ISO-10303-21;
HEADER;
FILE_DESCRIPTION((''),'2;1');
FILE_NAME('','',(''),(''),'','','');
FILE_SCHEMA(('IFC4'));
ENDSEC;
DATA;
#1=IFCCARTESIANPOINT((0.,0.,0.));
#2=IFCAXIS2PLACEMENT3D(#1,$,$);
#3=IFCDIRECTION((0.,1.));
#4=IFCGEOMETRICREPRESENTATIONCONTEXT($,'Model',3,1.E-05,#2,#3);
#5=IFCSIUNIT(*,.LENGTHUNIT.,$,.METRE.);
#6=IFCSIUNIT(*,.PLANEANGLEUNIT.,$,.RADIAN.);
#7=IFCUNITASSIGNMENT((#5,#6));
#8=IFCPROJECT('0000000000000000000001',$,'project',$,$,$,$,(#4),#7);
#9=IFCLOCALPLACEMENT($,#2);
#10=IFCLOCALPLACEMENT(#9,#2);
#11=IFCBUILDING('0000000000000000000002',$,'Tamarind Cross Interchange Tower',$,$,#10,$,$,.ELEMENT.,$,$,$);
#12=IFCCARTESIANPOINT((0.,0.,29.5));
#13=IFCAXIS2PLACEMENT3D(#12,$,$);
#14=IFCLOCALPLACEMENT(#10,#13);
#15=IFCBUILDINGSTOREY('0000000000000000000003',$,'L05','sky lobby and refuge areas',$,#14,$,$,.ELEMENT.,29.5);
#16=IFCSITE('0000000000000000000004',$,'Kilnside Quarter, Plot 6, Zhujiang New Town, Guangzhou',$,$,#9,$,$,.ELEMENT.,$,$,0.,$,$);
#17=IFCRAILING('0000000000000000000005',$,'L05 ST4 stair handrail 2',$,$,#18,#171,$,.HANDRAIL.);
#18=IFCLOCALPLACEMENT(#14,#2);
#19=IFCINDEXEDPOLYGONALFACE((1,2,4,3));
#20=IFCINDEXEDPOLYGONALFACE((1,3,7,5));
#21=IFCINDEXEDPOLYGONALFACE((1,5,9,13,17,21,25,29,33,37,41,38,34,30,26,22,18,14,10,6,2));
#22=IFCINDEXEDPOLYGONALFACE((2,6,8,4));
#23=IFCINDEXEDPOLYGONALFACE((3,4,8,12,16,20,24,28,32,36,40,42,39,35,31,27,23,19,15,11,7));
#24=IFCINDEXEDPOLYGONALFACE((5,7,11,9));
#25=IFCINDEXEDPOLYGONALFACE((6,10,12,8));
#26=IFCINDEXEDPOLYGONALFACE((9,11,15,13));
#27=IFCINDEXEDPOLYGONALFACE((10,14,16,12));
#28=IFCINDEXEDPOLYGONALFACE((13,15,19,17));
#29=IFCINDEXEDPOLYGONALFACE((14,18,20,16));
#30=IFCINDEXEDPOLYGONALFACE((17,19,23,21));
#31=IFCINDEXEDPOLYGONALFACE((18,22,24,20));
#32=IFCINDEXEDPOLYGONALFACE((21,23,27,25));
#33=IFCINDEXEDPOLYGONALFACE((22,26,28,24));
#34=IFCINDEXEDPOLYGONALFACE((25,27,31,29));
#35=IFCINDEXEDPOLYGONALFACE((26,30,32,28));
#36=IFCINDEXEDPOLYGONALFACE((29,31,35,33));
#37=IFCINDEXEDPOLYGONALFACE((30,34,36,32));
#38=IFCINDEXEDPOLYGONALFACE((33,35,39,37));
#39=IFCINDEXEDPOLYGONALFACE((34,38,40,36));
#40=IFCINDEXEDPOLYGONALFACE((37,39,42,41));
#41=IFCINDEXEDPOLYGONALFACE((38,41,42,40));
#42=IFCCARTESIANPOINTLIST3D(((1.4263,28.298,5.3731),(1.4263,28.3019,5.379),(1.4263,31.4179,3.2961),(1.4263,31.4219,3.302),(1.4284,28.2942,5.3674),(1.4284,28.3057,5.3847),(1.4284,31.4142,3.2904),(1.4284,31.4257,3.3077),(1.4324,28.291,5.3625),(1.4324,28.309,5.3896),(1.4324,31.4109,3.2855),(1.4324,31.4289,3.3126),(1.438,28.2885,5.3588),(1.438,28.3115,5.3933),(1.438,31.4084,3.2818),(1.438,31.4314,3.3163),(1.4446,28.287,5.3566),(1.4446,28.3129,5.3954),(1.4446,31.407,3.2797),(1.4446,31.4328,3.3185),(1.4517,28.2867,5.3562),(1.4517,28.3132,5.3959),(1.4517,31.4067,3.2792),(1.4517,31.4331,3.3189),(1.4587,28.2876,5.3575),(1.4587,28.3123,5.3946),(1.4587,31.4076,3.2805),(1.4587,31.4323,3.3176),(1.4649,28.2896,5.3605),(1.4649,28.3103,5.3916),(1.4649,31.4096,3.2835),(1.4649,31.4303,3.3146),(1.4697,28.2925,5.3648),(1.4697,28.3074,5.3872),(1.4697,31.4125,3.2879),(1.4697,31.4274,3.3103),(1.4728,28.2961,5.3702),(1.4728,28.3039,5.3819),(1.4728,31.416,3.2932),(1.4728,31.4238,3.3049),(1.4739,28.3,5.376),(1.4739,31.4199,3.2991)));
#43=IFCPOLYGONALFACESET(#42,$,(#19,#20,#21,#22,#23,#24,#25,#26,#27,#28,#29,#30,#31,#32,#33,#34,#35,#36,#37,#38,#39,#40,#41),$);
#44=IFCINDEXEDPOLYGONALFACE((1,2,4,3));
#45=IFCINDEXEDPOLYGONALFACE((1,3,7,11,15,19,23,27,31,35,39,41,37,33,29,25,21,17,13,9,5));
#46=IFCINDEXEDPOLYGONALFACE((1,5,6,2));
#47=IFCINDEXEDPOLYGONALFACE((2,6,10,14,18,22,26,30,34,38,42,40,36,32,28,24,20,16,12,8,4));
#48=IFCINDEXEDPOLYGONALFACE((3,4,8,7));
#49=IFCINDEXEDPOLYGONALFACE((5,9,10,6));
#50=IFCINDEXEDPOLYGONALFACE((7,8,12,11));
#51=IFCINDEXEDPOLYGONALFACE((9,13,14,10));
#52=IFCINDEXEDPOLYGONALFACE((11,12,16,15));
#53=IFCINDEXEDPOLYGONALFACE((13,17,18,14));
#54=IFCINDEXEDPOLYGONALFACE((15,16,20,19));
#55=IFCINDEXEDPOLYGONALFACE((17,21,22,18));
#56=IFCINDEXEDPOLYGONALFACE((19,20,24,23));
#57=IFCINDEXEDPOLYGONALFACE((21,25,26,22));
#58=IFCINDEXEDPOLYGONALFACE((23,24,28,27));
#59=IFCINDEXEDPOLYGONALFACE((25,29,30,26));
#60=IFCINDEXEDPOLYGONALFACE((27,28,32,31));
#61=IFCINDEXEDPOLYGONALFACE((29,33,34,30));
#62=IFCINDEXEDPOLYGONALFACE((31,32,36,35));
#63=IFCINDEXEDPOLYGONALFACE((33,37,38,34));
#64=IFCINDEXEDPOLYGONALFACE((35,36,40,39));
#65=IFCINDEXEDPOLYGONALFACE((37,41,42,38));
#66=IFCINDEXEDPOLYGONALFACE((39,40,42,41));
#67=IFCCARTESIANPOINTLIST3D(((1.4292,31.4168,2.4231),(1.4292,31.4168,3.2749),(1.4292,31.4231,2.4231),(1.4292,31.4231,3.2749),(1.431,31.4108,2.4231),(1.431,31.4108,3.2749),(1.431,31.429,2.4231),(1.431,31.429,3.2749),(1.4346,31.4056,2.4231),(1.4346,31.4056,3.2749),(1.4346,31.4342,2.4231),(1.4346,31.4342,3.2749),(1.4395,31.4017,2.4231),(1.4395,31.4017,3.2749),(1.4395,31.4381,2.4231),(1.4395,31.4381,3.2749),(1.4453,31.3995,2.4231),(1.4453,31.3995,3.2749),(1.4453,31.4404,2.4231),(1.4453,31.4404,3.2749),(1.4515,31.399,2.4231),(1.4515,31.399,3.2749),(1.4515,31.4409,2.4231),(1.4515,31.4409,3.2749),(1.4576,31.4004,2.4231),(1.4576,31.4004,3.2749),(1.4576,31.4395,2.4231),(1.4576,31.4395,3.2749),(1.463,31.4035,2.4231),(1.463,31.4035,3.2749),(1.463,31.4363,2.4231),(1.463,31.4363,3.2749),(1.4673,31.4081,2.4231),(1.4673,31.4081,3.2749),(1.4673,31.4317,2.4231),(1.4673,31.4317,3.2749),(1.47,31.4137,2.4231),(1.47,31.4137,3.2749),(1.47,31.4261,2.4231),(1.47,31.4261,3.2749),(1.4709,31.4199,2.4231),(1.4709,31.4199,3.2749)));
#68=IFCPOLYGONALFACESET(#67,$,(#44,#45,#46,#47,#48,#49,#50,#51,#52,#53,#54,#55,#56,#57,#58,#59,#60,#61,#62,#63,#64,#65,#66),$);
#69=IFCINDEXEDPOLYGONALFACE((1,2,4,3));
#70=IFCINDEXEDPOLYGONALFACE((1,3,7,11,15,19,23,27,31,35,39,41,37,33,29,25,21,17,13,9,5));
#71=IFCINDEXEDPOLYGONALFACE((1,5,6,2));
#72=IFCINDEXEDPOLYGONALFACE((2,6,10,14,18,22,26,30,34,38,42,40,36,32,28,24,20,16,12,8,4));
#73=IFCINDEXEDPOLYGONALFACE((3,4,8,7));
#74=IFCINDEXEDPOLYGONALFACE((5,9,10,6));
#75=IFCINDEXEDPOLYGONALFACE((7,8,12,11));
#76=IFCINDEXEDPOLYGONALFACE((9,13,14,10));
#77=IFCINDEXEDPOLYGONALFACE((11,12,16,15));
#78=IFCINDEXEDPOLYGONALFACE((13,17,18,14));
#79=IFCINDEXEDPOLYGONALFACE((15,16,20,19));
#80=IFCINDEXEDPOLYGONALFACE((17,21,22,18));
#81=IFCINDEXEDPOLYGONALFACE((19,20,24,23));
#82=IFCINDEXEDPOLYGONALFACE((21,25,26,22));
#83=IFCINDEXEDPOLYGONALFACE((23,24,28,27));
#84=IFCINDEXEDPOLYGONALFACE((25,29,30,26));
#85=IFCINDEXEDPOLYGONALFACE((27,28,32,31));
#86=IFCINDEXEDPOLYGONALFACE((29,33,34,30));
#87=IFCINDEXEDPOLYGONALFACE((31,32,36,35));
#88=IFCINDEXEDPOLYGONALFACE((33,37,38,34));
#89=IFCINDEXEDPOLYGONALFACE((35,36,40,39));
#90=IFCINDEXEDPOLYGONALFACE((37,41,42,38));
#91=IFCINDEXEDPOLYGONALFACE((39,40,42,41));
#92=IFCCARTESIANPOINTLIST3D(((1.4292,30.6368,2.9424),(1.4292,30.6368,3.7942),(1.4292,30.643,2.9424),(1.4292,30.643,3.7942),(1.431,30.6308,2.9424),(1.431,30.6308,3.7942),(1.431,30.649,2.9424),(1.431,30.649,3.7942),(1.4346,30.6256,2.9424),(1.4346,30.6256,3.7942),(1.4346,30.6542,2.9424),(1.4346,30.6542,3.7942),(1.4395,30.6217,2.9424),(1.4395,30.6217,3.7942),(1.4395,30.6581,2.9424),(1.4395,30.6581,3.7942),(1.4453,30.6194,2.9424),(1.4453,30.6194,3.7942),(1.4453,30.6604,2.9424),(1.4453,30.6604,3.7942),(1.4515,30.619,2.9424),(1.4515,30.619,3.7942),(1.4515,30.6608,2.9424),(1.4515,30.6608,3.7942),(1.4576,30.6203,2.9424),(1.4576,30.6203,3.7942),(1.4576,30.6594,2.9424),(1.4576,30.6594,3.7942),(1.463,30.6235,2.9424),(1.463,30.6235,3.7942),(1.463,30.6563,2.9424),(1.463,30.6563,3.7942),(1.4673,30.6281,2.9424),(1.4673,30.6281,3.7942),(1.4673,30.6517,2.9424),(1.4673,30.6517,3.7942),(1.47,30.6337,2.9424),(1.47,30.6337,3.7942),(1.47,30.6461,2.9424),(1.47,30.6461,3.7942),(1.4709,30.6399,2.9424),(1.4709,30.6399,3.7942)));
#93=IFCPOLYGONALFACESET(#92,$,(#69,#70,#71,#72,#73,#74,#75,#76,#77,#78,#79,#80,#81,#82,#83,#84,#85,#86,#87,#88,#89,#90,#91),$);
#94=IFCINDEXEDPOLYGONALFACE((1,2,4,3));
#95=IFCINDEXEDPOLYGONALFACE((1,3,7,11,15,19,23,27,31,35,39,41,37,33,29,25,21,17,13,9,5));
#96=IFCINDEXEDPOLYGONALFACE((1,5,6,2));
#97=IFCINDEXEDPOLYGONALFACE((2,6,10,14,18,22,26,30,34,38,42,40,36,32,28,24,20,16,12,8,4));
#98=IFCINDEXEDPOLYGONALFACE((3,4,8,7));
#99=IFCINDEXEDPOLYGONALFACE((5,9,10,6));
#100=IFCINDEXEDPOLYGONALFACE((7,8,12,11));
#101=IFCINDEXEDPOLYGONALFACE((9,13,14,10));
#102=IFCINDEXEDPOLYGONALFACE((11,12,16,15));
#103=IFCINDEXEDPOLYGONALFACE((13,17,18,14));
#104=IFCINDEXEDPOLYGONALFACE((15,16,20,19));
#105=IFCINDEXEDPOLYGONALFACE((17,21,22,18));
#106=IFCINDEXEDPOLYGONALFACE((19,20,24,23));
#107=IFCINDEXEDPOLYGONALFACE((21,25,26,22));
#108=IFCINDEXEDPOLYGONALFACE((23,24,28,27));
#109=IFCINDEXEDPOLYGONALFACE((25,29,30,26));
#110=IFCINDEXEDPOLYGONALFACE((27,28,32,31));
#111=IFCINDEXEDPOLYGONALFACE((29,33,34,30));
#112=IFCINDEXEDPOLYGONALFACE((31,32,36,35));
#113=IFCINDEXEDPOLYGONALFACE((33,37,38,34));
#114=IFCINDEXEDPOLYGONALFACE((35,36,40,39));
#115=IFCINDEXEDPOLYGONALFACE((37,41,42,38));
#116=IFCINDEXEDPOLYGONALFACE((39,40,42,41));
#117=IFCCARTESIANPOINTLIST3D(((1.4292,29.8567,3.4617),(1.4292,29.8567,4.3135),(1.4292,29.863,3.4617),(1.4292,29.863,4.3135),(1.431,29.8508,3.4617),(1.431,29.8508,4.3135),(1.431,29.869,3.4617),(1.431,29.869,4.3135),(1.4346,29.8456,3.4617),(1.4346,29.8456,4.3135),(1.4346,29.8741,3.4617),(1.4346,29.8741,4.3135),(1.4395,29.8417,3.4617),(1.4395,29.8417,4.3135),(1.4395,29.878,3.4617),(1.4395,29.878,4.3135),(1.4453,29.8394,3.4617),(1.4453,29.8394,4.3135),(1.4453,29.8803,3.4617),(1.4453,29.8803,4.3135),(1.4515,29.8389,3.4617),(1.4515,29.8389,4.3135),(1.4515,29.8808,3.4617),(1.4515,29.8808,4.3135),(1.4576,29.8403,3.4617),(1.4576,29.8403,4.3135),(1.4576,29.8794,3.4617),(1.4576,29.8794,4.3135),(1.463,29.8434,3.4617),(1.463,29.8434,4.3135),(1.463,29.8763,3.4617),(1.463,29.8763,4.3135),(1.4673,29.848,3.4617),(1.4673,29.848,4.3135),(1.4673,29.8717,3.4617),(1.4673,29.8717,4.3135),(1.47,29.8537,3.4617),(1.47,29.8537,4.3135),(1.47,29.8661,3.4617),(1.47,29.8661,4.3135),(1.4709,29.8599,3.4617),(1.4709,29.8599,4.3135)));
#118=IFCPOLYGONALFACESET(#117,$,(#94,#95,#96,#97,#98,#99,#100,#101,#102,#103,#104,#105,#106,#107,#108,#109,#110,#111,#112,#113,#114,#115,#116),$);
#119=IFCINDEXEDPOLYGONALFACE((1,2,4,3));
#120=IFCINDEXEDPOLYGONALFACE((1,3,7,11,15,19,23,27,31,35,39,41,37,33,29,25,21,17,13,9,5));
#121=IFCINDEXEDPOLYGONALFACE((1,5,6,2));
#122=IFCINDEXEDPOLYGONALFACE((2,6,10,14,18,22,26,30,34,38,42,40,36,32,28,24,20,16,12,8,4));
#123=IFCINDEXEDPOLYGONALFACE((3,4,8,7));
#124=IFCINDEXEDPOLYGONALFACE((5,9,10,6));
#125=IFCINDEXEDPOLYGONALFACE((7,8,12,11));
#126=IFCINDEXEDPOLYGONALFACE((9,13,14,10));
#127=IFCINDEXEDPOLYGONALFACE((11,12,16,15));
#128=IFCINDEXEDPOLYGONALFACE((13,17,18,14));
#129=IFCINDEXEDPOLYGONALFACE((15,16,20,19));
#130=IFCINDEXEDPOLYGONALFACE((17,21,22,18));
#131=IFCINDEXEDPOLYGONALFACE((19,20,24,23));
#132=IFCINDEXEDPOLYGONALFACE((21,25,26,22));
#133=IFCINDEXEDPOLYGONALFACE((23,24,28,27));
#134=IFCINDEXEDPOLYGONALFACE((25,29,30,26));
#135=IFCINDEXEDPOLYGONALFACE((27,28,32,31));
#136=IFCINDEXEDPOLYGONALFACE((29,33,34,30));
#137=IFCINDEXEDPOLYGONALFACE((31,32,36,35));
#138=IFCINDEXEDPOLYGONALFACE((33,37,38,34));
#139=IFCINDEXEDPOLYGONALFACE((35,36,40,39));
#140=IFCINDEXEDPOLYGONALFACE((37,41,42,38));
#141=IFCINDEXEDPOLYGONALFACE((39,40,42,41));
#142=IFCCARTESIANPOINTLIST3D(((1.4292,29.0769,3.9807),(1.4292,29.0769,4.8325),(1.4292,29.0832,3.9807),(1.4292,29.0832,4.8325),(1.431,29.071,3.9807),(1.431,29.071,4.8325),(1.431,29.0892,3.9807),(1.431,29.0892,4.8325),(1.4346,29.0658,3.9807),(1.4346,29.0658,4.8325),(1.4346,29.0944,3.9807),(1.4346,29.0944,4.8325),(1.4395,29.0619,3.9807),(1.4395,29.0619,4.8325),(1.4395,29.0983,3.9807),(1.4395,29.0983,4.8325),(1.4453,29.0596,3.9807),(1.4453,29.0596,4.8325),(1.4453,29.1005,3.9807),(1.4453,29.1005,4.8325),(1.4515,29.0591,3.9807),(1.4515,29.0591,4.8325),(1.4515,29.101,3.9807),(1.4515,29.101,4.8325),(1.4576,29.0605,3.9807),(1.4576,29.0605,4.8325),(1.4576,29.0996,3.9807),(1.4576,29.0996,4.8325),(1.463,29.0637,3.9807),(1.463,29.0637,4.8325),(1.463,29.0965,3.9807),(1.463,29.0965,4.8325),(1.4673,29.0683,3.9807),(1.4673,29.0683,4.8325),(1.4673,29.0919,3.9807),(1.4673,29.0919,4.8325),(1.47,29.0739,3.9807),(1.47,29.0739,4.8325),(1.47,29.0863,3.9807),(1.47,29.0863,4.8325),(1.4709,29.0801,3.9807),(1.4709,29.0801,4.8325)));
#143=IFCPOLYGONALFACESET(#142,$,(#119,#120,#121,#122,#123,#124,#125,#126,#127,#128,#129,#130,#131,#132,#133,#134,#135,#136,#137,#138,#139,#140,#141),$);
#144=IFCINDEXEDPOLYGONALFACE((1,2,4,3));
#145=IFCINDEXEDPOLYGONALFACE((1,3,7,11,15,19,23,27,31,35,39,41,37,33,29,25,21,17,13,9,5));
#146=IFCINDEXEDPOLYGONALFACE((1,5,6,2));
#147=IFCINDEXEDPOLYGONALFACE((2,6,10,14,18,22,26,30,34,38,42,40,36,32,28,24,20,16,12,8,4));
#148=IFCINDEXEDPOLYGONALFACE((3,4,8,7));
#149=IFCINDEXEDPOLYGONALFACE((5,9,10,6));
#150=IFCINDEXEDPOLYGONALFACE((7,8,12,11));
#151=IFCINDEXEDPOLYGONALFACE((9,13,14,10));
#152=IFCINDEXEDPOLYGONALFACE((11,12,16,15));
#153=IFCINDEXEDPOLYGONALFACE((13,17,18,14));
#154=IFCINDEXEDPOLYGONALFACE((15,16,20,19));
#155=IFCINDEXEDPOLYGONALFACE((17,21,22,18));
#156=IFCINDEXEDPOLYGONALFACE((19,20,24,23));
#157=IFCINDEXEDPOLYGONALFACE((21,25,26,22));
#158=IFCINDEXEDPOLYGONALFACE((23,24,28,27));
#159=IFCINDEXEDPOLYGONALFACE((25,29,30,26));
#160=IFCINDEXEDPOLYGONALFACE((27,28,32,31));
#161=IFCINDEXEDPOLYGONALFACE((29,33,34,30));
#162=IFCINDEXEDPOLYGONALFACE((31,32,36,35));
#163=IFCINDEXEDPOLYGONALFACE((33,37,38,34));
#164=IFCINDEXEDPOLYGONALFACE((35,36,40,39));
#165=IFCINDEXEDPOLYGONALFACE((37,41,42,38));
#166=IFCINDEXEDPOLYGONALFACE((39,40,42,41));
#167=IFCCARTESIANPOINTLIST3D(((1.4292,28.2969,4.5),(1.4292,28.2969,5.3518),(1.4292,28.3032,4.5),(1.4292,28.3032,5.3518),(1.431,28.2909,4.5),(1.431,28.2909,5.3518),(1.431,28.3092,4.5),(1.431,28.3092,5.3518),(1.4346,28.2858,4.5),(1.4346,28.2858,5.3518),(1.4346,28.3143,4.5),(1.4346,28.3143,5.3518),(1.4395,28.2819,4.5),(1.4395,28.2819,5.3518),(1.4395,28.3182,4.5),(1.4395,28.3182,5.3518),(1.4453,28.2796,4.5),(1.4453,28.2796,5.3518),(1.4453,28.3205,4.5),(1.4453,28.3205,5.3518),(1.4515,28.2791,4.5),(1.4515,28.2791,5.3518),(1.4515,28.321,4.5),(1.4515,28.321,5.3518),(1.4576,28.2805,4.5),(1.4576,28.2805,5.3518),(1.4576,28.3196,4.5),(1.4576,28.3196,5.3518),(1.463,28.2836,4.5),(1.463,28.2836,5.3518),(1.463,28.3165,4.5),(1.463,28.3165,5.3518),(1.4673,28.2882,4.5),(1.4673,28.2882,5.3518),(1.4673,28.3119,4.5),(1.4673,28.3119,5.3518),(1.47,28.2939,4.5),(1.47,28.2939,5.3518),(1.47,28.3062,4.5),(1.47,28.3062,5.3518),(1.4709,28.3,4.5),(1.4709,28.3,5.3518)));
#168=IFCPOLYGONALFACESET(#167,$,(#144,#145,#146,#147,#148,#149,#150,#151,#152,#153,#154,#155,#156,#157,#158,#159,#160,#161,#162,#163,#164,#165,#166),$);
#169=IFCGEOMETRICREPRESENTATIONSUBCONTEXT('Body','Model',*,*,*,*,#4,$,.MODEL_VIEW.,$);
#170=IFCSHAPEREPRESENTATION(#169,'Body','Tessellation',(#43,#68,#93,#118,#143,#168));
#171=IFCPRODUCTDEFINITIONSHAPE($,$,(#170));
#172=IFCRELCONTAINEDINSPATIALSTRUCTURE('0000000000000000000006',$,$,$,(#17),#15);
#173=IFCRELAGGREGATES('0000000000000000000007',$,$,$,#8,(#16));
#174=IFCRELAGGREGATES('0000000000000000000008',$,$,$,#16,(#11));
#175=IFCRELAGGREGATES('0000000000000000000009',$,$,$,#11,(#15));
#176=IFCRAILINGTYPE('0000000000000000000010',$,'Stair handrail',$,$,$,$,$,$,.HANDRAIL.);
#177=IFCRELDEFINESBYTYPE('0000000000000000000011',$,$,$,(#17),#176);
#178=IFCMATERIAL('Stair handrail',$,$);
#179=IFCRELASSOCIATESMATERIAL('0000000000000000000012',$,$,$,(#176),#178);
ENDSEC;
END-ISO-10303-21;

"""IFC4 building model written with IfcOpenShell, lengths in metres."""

from ifc_helpers import new_model, si_unit, direction, frame, origin, origin_2d, place, context, subcontext, project, spatial, circle, extrude, material, type_object, element, save


model = new_model("IFC4")

# Units and contexts
model_context = context("Model", 3, precision=1e-05, world=origin(), true_north=direction((0.0, 1.0)))
body_context = subcontext(model_context, "Body", "Model", "MODEL_VIEW")
ifc_project = project(units=[si_unit("LENGTHUNIT", "METRE"), si_unit("PLANEANGLEUNIT", "RADIAN")], contexts=[model_context])

# Site, building, storey
site_placement = place(None, origin())
site = spatial("IfcSite", under=ifc_project, at=site_placement, Name="Kilnside Quarter, Plot 6, Zhujiang New Town, Guangzhou", CompositionType="ELEMENT", RefElevation=0.0)
building_placement = place(site_placement, origin())
building = spatial("IfcBuilding", under=site, at=building_placement, Name="Tamarind Cross Interchange Tower", CompositionType="ELEMENT")
storey_placement = place(building_placement, frame((0.0, 0.0, 29.5)))
storey = spatial("IfcBuildingStorey", under=building, at=storey_placement, Name="L05", Description="sky lobby and refuge areas", CompositionType="ELEMENT", Elevation=29.5)

# Railing
ifc_material_1 = material(Name="Stair handrail")
railing_type_1 = type_object("IfcRailingType", Name="Stair handrail", PredefinedType="HANDRAIL", material=ifc_material_1)
railing_1_placement = place(storey_placement, frame((1.45, 31.4199, 2.4231)))
element("IfcRailing", 1, at=railing_1_placement, inside=storey, type_object=railing_type_1, Name="L05 ST4 stair handrail 2", PredefinedType="HANDRAIL", context=body_context, shape_type="SweptSolid", body=[
    extrude(circle(Radius=0.0239, at=origin_2d()), frame((0.0, 0.0, 0.876), z_axis=(0.0, -0.832421, 0.554144), x_axis=(1.0, 0.0, 0.0)), (0.0, 0.0, 1.0), 3.748),
    extrude(circle(Radius=0.021, at=origin_2d()), origin(), (0.0, 0.0, 1.0), 0.8518),
    extrude(circle(Radius=0.021, at=origin_2d()), frame((0.0, -0.78, 0.5193)), (0.0, 0.0, 1.0), 0.8518),
    extrude(circle(Radius=0.021, at=origin_2d()), frame((0.0, -1.5601, 1.0386)), (0.0, 0.0, 1.0), 0.8518),
    extrude(circle(Radius=0.021, at=origin_2d()), frame((0.0, -2.3398, 1.5576)), (0.0, 0.0, 1.0), 0.8518),
    extrude(circle(Radius=0.021, at=origin_2d()), frame((0.0, -3.1199, 2.0769)), (0.0, 0.0, 1.0), 0.8518),
])

save(model, "model.ifc")
